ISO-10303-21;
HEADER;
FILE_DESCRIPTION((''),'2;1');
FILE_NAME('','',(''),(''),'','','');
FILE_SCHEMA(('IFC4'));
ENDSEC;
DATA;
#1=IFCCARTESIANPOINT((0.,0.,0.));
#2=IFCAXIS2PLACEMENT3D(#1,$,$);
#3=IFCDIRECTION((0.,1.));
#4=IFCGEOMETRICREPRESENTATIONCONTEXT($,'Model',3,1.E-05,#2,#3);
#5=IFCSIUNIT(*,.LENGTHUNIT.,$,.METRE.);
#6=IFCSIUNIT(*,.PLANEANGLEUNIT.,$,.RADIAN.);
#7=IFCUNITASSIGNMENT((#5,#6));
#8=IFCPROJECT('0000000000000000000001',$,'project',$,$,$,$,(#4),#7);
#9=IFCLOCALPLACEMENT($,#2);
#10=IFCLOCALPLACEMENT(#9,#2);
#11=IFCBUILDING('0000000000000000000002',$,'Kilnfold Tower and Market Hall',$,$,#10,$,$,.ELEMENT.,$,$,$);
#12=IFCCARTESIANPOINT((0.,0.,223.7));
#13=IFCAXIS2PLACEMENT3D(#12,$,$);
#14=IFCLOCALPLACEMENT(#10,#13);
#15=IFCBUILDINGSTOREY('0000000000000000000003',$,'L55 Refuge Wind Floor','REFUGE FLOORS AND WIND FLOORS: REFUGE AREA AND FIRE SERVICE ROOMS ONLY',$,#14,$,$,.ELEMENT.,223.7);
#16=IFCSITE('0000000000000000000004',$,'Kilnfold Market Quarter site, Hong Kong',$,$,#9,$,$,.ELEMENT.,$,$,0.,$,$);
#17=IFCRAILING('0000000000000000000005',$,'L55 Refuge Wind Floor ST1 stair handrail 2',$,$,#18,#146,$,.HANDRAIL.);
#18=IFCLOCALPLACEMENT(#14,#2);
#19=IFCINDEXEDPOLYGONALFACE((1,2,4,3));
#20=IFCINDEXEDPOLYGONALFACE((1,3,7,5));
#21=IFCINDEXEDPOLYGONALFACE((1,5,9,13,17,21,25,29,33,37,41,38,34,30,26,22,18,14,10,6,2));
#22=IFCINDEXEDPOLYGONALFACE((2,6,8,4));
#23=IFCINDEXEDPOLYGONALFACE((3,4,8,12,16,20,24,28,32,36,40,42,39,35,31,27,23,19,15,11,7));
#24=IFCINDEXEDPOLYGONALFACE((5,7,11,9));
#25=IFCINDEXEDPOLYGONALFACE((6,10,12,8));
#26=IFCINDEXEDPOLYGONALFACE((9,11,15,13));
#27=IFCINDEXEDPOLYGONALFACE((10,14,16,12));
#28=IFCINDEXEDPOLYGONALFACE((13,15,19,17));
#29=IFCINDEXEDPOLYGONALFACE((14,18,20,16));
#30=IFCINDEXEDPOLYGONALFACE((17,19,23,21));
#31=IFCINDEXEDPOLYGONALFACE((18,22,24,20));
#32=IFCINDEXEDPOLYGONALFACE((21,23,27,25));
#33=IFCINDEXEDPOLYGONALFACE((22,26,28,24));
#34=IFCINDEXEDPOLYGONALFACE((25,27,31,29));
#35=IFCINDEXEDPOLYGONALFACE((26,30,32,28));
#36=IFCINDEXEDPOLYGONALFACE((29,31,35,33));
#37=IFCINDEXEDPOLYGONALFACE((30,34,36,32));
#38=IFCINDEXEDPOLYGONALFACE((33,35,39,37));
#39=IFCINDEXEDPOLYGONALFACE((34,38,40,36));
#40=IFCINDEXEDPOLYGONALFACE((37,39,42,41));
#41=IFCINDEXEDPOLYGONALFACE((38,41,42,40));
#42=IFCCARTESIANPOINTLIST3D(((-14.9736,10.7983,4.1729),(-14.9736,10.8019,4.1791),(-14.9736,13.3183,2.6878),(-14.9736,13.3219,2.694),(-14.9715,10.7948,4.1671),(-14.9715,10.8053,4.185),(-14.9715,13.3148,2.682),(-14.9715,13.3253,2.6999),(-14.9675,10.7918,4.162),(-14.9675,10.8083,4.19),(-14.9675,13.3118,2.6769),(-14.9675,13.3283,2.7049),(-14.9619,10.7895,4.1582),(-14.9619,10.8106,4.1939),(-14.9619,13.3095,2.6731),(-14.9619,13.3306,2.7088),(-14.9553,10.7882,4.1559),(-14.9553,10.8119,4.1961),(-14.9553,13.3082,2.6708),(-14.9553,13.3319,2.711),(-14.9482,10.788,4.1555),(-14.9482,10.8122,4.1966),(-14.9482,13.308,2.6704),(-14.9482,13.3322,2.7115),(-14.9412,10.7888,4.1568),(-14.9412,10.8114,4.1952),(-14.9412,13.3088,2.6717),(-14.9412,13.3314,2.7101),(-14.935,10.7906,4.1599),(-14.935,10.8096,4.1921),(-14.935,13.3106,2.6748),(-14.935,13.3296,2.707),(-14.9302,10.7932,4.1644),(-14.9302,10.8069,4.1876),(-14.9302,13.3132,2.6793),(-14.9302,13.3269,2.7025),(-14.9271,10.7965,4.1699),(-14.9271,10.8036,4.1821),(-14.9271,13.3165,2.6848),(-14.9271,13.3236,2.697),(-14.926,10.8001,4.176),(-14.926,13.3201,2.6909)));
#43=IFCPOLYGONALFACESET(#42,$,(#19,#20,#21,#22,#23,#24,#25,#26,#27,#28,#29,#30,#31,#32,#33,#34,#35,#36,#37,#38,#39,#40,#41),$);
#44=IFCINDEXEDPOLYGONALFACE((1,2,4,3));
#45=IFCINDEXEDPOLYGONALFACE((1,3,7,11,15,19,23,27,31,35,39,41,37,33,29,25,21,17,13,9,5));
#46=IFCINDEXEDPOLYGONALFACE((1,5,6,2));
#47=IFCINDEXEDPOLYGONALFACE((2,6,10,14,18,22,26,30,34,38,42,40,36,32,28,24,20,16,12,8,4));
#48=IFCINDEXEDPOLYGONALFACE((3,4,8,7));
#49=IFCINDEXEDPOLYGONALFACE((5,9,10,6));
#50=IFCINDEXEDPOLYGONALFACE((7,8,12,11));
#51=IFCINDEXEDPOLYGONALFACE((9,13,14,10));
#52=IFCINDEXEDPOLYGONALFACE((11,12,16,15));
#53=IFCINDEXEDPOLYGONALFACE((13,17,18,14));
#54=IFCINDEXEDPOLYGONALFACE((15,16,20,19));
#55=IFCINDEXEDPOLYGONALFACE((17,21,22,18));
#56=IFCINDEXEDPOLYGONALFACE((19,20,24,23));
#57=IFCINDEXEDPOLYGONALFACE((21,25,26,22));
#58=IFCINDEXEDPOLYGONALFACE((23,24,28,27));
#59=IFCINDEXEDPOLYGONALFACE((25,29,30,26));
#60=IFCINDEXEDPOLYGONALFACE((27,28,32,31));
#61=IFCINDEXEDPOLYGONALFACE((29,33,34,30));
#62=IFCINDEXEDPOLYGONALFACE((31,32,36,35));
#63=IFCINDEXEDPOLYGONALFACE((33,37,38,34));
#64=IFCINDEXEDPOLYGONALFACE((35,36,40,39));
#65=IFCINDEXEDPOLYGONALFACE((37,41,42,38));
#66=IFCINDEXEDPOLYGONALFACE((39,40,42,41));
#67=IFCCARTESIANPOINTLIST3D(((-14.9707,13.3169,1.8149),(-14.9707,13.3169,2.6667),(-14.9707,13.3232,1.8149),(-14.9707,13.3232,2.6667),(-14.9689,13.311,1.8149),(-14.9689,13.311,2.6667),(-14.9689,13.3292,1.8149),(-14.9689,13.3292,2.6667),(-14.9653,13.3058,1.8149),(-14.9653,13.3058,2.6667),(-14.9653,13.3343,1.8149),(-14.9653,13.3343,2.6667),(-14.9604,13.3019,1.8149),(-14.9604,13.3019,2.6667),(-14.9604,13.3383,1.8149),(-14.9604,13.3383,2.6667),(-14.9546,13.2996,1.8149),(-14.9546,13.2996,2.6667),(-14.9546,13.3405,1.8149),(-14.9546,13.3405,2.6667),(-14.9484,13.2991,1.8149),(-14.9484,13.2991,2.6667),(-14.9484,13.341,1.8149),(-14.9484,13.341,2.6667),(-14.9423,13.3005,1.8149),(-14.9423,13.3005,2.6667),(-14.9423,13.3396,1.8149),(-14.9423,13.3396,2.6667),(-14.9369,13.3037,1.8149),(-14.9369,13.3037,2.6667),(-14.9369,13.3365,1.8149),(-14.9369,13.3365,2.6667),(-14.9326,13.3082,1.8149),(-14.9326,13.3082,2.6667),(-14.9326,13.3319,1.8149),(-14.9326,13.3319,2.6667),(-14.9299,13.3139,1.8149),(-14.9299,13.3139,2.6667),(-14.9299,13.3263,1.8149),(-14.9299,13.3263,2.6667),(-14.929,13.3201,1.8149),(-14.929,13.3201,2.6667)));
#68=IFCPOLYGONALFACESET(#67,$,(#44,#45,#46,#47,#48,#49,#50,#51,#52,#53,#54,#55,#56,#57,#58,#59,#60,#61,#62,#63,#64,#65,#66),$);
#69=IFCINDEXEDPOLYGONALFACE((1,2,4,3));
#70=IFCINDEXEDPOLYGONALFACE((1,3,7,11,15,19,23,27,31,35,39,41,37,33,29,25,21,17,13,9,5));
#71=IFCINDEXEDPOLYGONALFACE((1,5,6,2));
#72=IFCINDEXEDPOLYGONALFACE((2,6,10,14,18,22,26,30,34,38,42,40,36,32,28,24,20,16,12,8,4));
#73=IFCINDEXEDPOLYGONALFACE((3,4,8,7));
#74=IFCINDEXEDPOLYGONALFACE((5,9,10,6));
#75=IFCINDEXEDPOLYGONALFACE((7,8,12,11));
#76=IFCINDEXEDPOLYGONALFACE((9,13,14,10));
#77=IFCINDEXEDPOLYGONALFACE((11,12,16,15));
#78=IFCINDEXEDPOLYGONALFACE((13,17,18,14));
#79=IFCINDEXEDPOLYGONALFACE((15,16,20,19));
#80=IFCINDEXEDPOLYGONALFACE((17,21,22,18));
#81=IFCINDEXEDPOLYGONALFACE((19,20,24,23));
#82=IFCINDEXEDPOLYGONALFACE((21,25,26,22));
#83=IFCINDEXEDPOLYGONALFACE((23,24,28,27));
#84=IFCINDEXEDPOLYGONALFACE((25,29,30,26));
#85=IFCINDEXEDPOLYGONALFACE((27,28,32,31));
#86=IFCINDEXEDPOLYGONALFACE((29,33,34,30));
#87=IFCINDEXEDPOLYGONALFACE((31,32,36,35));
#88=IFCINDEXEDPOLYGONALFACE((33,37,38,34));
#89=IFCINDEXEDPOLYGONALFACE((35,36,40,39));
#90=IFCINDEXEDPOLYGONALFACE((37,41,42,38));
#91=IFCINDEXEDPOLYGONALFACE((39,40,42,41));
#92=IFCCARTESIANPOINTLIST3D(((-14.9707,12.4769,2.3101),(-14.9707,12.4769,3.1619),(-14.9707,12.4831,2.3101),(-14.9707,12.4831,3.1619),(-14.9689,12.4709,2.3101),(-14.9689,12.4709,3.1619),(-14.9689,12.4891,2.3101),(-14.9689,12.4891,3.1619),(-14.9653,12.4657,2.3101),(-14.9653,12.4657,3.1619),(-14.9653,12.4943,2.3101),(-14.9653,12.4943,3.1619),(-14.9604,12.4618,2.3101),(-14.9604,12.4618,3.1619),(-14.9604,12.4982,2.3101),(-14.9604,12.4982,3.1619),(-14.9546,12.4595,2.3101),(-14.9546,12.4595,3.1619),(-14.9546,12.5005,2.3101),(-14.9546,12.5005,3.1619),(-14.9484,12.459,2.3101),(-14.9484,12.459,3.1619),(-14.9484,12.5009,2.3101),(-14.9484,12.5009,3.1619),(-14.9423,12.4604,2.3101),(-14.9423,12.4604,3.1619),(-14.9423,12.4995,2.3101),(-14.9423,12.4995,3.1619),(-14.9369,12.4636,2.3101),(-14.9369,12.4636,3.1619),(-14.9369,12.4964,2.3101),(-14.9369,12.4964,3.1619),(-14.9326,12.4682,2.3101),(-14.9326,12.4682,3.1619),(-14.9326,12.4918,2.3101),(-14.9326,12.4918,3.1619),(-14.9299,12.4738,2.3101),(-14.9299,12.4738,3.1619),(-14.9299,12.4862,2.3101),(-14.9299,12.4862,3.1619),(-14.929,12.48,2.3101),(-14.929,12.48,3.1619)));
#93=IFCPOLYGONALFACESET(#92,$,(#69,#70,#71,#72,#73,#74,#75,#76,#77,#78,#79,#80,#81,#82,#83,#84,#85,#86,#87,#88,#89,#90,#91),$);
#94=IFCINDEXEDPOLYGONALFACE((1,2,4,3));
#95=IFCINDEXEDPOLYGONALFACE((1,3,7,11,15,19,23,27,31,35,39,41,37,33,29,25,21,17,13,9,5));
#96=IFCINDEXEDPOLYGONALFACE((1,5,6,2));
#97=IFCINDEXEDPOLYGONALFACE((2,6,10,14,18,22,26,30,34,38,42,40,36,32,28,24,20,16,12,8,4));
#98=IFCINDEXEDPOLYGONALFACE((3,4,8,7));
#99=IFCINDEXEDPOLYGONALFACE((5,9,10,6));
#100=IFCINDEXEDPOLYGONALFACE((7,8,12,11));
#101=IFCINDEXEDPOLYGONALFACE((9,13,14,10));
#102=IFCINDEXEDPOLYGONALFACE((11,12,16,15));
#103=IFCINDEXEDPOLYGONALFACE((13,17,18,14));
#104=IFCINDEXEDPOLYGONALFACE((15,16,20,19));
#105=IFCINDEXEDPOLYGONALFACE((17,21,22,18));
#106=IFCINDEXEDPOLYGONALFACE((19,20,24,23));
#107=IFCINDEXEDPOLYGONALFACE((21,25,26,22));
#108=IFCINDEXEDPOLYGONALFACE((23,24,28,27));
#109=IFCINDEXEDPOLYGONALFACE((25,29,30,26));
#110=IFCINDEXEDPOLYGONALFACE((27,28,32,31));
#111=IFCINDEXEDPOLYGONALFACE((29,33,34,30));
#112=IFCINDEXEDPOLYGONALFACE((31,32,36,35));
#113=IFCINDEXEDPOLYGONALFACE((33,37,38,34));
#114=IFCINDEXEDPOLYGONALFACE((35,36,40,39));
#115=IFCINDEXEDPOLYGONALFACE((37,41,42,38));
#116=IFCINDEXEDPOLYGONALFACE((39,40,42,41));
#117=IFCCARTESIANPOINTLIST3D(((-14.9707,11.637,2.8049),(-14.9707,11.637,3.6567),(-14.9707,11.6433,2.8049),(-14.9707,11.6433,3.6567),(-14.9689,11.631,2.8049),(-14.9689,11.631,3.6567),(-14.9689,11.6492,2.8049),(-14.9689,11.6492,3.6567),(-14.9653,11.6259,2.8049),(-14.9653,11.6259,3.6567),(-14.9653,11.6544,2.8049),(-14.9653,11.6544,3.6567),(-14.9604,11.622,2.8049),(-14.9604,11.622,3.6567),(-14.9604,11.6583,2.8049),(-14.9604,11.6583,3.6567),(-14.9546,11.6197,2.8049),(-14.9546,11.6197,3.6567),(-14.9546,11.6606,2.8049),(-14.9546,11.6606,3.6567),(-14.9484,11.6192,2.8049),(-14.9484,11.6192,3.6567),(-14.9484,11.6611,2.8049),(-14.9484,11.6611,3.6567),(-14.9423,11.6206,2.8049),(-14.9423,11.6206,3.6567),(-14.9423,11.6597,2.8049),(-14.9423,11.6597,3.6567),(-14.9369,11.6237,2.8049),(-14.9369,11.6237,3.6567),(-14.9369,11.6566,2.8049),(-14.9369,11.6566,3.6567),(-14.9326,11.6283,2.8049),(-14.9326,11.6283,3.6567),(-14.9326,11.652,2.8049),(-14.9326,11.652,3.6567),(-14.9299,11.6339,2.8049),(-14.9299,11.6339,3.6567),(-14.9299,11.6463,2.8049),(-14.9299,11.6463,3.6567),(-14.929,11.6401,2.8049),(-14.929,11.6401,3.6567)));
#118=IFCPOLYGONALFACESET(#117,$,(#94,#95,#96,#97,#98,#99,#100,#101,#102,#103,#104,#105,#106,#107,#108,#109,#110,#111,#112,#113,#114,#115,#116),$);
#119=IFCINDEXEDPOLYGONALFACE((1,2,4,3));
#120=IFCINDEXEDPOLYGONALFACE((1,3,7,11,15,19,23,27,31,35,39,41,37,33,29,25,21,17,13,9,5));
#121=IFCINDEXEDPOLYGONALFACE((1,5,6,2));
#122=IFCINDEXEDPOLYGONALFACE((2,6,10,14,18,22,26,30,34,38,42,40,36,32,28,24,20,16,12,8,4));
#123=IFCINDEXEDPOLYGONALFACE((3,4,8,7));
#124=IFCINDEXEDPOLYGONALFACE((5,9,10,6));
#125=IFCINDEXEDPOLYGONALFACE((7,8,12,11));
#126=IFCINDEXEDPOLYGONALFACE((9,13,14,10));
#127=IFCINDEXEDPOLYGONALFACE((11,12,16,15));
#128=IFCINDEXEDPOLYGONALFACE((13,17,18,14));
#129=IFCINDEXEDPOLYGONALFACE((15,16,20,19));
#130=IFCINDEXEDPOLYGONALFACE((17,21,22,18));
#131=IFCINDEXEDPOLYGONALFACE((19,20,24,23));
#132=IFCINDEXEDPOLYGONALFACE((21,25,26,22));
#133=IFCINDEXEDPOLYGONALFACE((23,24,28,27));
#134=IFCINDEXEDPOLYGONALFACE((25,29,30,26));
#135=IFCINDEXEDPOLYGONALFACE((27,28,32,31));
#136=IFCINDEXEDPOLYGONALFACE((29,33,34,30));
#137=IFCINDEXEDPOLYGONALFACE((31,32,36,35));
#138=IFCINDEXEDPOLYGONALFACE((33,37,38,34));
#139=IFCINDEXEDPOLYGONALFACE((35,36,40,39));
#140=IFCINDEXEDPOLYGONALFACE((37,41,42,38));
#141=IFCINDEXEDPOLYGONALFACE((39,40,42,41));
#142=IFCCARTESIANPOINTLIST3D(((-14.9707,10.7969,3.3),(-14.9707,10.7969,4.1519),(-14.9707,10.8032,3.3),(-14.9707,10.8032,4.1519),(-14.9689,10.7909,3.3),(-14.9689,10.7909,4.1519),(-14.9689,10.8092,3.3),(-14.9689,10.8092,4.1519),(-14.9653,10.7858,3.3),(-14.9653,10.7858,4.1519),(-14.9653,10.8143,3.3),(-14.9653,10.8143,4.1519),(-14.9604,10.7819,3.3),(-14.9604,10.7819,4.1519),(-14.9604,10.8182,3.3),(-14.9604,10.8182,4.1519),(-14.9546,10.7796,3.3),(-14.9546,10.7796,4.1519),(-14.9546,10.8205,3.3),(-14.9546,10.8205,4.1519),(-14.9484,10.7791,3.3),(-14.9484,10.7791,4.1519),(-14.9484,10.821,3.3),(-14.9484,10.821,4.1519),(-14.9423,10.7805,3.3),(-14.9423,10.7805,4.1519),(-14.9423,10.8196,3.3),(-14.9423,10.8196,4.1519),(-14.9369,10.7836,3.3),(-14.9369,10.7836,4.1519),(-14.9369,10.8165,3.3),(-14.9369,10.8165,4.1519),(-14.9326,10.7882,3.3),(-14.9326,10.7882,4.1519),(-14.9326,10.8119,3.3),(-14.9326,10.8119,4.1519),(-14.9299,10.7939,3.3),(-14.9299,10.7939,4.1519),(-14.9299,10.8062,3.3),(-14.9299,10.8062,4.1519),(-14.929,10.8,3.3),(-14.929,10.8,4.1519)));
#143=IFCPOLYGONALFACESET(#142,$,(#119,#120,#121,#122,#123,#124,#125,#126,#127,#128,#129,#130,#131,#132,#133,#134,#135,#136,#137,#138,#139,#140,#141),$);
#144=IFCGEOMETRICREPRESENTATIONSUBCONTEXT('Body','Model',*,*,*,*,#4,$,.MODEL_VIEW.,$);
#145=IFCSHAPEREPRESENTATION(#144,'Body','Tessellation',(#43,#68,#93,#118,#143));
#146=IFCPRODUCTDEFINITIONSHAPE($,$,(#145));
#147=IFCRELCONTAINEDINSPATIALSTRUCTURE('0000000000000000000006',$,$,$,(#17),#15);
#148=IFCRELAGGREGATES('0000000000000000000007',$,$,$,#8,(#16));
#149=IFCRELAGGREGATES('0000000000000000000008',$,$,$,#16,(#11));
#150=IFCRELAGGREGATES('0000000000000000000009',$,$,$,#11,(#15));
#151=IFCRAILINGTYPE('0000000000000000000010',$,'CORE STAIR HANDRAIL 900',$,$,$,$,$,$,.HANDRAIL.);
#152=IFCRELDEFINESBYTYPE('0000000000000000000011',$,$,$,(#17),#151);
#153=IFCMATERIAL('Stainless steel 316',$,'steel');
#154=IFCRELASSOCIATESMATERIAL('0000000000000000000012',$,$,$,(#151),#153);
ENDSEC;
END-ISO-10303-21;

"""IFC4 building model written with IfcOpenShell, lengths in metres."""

from ifc_helpers import new_model, si_unit, direction, frame, origin, origin_2d, place, context, subcontext, project, spatial, circle, extrude, material, type_object, element, save


model = new_model("IFC4")

# Units and contexts
model_context = context("Model", 3, precision=1e-05, world=origin(), true_north=direction((0.0, 1.0)))
body_context = subcontext(model_context, "Body", "Model", "MODEL_VIEW")
ifc_project = project(units=[si_unit("LENGTHUNIT", "METRE"), si_unit("PLANEANGLEUNIT", "RADIAN")], contexts=[model_context])

# Site, building, storey
site_placement = place(None, origin())
site = spatial("IfcSite", under=ifc_project, at=site_placement, Name="Kilnfold Market Quarter site, Hong Kong", CompositionType="ELEMENT", RefElevation=0.0)
building_placement = place(site_placement, origin())
building = spatial("IfcBuilding", under=site, at=building_placement, Name="Kilnfold Tower and Market Hall", CompositionType="ELEMENT")
storey_placement = place(building_placement, frame((0.0, 0.0, 223.7)))
storey = spatial("IfcBuildingStorey", under=building, at=storey_placement, Name="L55 Refuge Wind Floor", Description="REFUGE FLOORS AND WIND FLOORS: REFUGE AREA AND FIRE SERVICE ROOMS ONLY", CompositionType="ELEMENT", Elevation=223.7)

# Railing
ifc_material_1 = material(Name="Stainless steel 316", Category="steel")
railing_type_1 = type_object("IfcRailingType", Name="CORE STAIR HANDRAIL 900", PredefinedType="HANDRAIL", material=ifc_material_1)
railing_1_placement = place(storey_placement, frame((-14.95, 13.3201, 1.8149)))
element("IfcRailing", 1, at=railing_1_placement, inside=storey, type_object=railing_type_1, Name="L55 Refuge Wind Floor ST1 stair handrail 2", PredefinedType="HANDRAIL", context=body_context, shape_type="SweptSolid", body=[
    extrude(circle(Radius=0.0239, at=origin_2d()), frame((0.0, 0.0, 0.876), z_axis=(0.0, -0.861524, 0.507717), x_axis=(1.0, 0.0, 0.0)), (0.0, 0.0, 1.0), 2.925),
    extrude(circle(Radius=0.021, at=origin_2d()), origin(), (0.0, 0.0, 1.0), 0.8518),
    extrude(circle(Radius=0.021, at=origin_2d()), frame((0.0, -0.8401, 0.4951)), (0.0, 0.0, 1.0), 0.8518),
    extrude(circle(Radius=0.021, at=origin_2d()), frame((0.0, -1.6799, 0.99)), (0.0, 0.0, 1.0), 0.8518),
    extrude(circle(Radius=0.021, at=origin_2d()), frame((0.0, -2.52, 1.4851)), (0.0, 0.0, 1.0), 0.8518),
])

save(model, "model.ifc")
